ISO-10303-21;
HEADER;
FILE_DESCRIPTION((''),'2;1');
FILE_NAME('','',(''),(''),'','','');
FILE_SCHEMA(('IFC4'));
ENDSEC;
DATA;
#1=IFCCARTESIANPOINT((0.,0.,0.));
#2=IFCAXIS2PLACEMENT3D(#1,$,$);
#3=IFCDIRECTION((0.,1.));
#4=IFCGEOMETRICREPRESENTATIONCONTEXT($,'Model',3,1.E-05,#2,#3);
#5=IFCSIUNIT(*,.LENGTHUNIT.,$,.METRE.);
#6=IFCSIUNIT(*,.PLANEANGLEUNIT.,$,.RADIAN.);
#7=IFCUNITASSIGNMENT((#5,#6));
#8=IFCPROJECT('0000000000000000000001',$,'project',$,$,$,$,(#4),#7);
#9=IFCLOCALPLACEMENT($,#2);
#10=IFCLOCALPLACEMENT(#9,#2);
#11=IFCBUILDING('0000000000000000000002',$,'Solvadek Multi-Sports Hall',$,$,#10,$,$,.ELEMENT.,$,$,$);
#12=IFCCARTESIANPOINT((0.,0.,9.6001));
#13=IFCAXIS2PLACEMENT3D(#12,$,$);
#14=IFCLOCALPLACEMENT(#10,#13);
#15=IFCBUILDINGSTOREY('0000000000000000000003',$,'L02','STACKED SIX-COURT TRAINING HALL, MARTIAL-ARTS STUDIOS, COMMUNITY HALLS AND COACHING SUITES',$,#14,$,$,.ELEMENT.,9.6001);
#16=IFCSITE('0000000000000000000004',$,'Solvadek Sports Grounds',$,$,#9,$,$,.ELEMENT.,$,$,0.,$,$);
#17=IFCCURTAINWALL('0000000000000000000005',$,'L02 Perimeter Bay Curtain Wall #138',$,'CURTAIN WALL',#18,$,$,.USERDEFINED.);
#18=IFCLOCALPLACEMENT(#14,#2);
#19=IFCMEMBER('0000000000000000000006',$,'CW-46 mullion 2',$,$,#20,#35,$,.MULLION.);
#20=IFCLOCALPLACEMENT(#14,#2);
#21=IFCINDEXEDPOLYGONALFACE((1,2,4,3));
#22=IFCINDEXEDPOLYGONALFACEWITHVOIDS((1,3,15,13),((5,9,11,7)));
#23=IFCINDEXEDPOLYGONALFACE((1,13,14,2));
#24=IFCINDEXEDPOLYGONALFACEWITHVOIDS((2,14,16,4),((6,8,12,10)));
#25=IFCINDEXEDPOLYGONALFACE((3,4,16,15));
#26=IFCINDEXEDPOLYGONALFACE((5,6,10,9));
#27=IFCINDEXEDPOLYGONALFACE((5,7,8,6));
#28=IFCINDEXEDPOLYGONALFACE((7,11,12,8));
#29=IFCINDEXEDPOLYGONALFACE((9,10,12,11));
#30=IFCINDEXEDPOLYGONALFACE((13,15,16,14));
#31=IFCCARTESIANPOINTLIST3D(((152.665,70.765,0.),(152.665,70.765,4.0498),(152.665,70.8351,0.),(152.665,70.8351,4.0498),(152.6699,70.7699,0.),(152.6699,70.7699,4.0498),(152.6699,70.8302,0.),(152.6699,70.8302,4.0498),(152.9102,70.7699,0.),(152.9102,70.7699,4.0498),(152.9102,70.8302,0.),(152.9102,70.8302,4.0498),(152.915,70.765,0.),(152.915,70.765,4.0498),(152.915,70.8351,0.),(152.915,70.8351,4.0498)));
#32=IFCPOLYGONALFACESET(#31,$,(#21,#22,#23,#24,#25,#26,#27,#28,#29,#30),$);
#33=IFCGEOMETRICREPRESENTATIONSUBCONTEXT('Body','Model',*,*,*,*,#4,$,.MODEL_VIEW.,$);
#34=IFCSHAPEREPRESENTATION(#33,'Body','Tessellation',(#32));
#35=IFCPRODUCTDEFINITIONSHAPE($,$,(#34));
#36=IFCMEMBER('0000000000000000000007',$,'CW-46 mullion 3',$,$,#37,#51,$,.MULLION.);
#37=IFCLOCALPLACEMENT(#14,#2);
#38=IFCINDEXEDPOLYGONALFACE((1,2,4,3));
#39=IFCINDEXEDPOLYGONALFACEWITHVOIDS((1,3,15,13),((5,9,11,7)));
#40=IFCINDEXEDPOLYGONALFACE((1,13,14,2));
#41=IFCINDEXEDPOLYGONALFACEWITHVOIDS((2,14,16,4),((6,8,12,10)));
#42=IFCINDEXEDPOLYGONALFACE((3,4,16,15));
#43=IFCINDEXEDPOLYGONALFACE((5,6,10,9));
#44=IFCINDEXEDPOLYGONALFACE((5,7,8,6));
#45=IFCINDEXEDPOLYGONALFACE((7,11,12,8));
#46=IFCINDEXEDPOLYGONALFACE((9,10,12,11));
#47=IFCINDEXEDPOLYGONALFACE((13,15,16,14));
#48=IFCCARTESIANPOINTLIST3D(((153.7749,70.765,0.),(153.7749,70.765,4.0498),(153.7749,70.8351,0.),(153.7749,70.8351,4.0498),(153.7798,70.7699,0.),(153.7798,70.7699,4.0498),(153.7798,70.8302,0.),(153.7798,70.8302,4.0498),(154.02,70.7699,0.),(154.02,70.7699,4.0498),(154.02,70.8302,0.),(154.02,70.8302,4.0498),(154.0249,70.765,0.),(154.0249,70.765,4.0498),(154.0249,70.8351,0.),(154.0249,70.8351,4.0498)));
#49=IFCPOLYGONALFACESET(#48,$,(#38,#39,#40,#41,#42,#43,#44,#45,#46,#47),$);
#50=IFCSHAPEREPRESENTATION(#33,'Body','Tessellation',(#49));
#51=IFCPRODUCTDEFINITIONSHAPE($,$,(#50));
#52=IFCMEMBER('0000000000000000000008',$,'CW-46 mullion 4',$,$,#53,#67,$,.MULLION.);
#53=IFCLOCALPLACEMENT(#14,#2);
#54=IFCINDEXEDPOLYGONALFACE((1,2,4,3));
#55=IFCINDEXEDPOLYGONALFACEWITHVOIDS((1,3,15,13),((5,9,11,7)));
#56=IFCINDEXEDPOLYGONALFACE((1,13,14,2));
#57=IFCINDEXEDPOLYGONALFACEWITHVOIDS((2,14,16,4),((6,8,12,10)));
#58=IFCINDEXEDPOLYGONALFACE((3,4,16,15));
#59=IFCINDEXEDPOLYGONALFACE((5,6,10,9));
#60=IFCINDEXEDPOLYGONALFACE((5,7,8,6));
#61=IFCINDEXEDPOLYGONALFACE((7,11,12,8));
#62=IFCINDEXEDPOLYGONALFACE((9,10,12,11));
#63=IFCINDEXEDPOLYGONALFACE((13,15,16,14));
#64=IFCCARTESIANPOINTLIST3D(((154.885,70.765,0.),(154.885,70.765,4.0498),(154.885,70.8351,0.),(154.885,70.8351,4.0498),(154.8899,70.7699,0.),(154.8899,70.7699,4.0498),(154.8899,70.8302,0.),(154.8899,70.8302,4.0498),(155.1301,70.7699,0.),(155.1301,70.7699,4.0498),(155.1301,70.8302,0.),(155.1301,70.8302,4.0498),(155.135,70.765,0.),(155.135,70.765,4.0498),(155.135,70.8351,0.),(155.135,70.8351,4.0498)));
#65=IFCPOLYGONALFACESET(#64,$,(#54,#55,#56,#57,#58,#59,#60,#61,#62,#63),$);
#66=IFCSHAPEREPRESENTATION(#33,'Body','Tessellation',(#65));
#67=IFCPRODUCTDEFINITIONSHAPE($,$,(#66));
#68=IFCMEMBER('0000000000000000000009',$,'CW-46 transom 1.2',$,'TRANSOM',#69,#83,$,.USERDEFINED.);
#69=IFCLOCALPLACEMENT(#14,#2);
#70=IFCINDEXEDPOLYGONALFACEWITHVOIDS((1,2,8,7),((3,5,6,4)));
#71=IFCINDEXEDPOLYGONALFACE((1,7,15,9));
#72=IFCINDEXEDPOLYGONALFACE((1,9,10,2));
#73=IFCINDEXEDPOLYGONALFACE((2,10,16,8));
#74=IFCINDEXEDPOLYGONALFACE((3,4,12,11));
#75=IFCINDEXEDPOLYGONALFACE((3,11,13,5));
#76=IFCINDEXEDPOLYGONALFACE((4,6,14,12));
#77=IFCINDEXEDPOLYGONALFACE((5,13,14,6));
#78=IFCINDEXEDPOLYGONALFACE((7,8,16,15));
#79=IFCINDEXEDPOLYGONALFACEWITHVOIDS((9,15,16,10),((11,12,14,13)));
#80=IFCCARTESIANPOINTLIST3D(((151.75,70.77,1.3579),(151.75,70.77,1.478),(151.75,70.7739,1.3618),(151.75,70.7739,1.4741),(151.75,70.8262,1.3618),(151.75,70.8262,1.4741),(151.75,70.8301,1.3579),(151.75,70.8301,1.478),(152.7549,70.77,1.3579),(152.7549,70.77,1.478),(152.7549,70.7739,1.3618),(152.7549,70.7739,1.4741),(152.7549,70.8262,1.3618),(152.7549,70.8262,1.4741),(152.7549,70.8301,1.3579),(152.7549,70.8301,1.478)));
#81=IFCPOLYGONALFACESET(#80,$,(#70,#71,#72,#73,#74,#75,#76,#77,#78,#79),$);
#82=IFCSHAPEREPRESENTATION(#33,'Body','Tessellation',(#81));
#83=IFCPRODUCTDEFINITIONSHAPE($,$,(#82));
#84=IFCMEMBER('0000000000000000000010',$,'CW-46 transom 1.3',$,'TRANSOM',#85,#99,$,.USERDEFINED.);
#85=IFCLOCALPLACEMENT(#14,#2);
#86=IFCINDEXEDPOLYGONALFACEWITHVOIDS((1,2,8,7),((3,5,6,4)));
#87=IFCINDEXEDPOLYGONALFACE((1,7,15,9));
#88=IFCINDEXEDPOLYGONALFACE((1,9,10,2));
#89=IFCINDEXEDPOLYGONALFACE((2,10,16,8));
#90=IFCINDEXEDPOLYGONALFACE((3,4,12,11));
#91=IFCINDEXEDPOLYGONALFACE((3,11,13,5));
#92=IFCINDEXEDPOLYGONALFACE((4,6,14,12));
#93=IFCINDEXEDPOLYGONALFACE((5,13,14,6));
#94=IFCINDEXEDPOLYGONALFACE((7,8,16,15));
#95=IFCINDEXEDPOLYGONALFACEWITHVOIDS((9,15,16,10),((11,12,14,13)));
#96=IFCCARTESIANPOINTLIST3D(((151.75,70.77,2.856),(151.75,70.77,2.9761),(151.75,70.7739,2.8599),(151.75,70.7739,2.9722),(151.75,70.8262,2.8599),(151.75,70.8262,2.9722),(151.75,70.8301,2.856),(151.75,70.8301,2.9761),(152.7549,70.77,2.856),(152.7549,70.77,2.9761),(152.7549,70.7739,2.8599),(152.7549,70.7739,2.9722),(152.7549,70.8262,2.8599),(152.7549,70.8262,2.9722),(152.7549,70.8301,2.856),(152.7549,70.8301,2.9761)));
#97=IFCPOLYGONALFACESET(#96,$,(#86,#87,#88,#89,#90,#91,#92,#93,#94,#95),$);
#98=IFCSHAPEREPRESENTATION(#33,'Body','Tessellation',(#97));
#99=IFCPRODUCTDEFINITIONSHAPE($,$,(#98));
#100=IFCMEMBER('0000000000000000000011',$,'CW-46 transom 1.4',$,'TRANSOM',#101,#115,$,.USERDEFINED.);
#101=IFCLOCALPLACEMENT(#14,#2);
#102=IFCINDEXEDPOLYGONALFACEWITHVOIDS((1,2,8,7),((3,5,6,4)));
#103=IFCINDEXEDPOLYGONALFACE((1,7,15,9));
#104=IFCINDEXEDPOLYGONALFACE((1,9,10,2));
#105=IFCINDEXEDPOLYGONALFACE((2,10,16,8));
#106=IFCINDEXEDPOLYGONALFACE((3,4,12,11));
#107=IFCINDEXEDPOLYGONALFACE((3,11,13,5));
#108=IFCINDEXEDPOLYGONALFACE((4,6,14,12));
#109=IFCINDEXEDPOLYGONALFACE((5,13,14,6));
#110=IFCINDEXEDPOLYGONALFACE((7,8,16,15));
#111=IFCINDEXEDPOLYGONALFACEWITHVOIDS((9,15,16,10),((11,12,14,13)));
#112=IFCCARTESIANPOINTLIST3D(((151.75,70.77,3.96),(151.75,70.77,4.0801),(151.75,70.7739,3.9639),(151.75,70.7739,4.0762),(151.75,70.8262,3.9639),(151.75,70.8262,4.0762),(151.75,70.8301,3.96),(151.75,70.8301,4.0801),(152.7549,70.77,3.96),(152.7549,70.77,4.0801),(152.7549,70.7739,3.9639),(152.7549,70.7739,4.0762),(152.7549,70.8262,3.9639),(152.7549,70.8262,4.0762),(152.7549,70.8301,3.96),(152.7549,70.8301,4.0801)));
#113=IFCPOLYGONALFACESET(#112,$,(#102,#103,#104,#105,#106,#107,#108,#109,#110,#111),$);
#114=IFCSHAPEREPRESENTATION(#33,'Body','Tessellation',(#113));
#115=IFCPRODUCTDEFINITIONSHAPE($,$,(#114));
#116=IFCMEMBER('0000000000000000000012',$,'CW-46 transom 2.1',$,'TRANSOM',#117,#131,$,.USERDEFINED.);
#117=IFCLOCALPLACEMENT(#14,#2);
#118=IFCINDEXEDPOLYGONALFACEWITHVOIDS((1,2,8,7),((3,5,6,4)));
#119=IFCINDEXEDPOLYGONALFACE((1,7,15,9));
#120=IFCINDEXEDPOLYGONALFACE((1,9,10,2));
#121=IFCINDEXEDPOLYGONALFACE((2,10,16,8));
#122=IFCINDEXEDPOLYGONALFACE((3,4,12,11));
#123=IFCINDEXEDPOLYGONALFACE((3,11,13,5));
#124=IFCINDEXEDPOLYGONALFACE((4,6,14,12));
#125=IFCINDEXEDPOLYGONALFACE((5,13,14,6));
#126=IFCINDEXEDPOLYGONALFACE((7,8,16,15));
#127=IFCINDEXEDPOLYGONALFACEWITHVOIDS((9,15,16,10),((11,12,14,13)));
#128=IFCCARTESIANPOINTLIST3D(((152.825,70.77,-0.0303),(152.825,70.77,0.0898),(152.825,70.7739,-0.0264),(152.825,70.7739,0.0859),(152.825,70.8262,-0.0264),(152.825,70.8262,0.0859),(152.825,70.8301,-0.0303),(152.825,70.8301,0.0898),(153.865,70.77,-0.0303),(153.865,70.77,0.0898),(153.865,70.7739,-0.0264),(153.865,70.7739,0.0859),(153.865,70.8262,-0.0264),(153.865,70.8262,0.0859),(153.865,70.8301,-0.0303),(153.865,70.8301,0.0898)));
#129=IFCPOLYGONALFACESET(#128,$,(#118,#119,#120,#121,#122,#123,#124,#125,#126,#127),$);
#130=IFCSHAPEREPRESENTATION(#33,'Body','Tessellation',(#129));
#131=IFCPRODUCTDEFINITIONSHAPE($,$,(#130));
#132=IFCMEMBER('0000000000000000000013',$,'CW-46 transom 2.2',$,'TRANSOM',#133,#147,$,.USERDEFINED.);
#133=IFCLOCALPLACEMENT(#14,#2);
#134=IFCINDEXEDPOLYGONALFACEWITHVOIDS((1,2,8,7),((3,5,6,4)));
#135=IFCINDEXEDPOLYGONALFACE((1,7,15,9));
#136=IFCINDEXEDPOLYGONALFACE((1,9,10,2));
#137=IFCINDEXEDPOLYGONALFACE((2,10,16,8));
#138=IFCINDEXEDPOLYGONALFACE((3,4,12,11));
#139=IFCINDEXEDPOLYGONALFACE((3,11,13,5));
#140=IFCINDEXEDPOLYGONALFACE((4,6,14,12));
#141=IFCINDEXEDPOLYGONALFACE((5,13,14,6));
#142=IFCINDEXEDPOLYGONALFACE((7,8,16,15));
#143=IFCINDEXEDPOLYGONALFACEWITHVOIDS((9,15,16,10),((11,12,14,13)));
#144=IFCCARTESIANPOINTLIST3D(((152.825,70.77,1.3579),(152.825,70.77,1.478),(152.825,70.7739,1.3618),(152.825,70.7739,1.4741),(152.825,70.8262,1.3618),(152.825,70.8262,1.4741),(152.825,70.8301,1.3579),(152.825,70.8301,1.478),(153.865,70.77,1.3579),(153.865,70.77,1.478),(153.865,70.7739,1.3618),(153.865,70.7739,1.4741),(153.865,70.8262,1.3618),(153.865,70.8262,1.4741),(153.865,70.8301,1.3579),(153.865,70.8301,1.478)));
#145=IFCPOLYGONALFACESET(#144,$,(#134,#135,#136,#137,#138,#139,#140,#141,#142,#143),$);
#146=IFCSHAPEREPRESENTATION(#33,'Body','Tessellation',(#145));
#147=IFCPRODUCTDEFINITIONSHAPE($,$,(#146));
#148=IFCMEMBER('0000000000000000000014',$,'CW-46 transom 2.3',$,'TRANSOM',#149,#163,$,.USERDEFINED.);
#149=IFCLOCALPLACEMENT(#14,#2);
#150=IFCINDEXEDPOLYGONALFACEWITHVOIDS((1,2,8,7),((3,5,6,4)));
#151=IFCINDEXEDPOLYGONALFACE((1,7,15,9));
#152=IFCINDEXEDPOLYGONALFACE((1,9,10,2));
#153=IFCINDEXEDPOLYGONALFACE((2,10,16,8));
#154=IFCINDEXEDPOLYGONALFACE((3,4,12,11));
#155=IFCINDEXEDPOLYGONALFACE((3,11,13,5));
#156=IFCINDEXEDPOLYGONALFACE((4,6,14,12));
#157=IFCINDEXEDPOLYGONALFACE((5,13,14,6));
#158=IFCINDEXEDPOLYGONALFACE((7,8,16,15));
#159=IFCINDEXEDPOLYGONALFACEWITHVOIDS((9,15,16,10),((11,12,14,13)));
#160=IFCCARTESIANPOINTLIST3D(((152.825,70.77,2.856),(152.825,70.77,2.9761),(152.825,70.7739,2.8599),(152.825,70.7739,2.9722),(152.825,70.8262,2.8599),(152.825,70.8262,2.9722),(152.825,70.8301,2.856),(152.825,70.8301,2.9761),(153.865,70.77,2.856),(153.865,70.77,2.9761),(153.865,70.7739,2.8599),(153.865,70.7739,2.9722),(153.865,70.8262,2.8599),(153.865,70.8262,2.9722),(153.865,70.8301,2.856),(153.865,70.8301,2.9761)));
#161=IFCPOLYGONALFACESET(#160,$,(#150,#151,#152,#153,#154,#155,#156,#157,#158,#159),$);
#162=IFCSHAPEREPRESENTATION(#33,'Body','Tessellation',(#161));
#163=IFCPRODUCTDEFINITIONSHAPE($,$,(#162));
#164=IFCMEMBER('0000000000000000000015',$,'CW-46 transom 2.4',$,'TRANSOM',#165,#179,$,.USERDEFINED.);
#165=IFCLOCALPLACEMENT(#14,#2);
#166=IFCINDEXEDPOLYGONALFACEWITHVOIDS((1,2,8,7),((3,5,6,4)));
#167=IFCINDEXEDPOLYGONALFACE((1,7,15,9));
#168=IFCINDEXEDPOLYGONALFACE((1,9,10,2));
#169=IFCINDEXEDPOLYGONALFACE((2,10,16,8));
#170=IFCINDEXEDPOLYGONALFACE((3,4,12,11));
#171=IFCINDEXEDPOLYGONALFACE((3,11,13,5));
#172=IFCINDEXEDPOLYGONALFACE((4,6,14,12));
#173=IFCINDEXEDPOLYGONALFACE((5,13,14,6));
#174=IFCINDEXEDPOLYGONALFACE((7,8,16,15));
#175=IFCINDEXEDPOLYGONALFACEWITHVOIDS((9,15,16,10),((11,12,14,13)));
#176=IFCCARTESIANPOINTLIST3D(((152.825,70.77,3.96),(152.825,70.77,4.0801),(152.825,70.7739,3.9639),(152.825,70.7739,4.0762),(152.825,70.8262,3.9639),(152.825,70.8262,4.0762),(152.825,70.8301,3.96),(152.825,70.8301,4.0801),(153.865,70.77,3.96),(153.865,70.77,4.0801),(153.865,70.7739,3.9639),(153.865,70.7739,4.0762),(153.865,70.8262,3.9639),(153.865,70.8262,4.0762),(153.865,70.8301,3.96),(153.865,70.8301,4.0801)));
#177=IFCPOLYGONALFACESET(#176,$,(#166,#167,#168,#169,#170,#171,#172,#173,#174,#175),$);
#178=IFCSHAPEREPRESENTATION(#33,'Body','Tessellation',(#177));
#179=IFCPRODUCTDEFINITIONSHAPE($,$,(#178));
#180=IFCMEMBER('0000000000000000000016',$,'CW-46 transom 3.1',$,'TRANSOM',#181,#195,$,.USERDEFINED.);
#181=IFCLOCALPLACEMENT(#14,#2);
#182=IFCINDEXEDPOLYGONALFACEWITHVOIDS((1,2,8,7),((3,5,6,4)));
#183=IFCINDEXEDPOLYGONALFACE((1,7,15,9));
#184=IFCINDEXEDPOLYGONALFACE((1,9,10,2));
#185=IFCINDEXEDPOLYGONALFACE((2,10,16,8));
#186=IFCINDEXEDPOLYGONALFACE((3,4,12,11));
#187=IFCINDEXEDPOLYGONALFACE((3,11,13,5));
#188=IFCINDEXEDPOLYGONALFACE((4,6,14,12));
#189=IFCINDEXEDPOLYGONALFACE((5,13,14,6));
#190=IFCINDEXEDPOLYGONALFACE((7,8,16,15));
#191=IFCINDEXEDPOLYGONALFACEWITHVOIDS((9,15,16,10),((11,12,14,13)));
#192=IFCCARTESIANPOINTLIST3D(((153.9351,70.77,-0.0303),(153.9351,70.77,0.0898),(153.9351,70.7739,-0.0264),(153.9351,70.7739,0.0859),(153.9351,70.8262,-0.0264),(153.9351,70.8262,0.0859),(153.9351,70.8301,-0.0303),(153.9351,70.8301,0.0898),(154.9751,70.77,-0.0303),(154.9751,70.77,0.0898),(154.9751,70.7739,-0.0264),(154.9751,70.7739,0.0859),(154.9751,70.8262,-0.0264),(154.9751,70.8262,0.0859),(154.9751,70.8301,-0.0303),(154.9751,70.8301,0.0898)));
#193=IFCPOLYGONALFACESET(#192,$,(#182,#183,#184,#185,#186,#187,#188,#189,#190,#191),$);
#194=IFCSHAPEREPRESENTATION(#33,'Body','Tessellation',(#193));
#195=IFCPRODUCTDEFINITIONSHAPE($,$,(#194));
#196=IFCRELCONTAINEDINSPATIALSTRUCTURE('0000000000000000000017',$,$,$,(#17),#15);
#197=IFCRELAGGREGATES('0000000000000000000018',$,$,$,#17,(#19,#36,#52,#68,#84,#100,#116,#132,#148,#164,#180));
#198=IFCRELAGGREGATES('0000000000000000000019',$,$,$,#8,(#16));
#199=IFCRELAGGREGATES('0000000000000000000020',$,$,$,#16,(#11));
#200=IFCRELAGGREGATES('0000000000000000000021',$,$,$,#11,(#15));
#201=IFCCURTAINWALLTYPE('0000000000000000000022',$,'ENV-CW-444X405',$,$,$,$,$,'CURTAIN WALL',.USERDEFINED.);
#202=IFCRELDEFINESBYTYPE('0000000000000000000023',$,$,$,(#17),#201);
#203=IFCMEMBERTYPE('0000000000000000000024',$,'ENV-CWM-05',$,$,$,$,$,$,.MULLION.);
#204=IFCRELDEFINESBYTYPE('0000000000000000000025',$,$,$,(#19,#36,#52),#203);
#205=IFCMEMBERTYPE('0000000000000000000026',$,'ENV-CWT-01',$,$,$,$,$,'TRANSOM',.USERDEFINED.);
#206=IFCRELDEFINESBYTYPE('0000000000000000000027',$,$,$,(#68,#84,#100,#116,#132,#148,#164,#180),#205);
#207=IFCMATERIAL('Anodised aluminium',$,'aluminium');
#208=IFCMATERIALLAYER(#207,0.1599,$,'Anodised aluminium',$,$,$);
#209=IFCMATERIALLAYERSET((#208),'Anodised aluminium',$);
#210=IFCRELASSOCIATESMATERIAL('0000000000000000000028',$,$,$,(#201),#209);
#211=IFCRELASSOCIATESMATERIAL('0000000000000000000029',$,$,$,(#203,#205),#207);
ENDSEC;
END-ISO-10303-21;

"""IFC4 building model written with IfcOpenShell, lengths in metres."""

from ifc_helpers import new_model, si_unit, direction, frame, origin, origin_2d, place, context, subcontext, project, spatial, hollow_rectangle, extrude, material, layer, layer_set, material_profile, profile_set, type_object, element, aggregate, save


model = new_model("IFC4")

# Units and contexts
model_context = context("Model", 3, precision=1e-05, world=origin(), true_north=direction((0.0, 1.0)))
body_context = subcontext(model_context, "Body", "Model", "MODEL_VIEW")
ifc_project = project(units=[si_unit("LENGTHUNIT", "METRE"), si_unit("PLANEANGLEUNIT", "RADIAN")], contexts=[model_context])

# Site, building, storey
site_placement = place(None, origin())
site = spatial("IfcSite", under=ifc_project, at=site_placement, Name="Solvadek Sports Grounds", CompositionType="ELEMENT", RefElevation=0.0)
building_placement = place(site_placement, origin())
building = spatial("IfcBuilding", under=site, at=building_placement, Name="Solvadek Multi-Sports Hall", CompositionType="ELEMENT")
storey_placement = place(building_placement, frame((0.0, 0.0, 9.6001)))
storey = spatial("IfcBuildingStorey", under=building, at=storey_placement, Name="L02", Description="STACKED SIX-COURT TRAINING HALL, MARTIAL-ARTS STUDIOS, COMMUNITY HALLS AND COACHING SUITES", CompositionType="ELEMENT", Elevation=9.6001)

# Curtain wall, members
ifc_material_1 = material(Name="Anodised aluminium", Category="aluminium")
ifc_layer_1 = layer(ifc_material_1, 0.1599, Name="Anodised aluminium")
ifc_layer_set_1 = layer_set([ifc_layer_1], Name="Anodised aluminium")
curtain_wall_type = type_object("IfcCurtainWallType", Name="ENV-CW-444X405", ElementType="CURTAIN WALL", PredefinedType="USERDEFINED", material=ifc_layer_set_1)
curtain_wall_placement = place(storey_placement, origin())
curtain_wall = element("IfcCurtainWall", 1, at=curtain_wall_placement, inside=storey, type_object=curtain_wall_type, Name="L02 Perimeter Bay Curtain Wall #138", ObjectType="CURTAIN WALL", PredefinedType="USERDEFINED")
ifc_material_profile_1 = material_profile(ifc_material_1, hollow_rectangle(XDim=0.0701, YDim=0.25, WallThickness=0.0049, at=origin_2d()), Name="ALU-M 250x70x5")
ifc_profile_set_1 = profile_set([ifc_material_profile_1], Name="Anodised aluminium")
member_type_1 = type_object("IfcMemberType", Name="ENV-CWM-05", PredefinedType="MULLION", material=ifc_profile_set_1)
member_1_placement = place(storey_placement, frame((152.79, 70.8, 0.0), z_axis=(0.0, 0.0, 1.0), x_axis=(0.0, 1.0, 0.0)))
member_1 = element("IfcMember", 2, at=member_1_placement, type_object=member_type_1, Name="CW-46 mullion 2", PredefinedType="MULLION", context=body_context, shape_type="SweptSolid", body=[
    extrude(hollow_rectangle(XDim=0.0701, YDim=0.25, WallThickness=0.0049, at=origin_2d()), origin(), (0.0, 0.0, 1.0), 4.0498),
])
member_2_placement = place(storey_placement, frame((153.8999, 70.8, 0.0), z_axis=(0.0, 0.0, 1.0), x_axis=(0.0, 1.0, 0.0)))
member_2 = element("IfcMember", 3, at=member_2_placement, type_object=member_type_1, Name="CW-46 mullion 3", PredefinedType="MULLION", context=body_context, shape_type="SweptSolid", body=[
    extrude(hollow_rectangle(XDim=0.0701, YDim=0.25, WallThickness=0.0049, at=origin_2d()), origin(), (0.0, 0.0, 1.0), 4.0498),
])
member_3_placement = place(storey_placement, frame((155.01, 70.8, 0.0), z_axis=(0.0, 0.0, 1.0), x_axis=(0.0, 1.0, 0.0)))
member_3 = element("IfcMember", 4, at=member_3_placement, type_object=member_type_1, Name="CW-46 mullion 4", PredefinedType="MULLION", context=body_context, shape_type="SweptSolid", body=[
    extrude(hollow_rectangle(XDim=0.0701, YDim=0.25, WallThickness=0.0049, at=origin_2d()), origin(), (0.0, 0.0, 1.0), 4.0498),
])
ifc_material_profile_2 = material_profile(ifc_material_1, hollow_rectangle(XDim=0.0601, YDim=0.1201, WallThickness=0.0039, at=origin_2d()), Name="ALU-T 120x60x4")
ifc_profile_set_2 = profile_set([ifc_material_profile_2], Name="Anodised aluminium")
member_type_2 = type_object("IfcMemberType", Name="ENV-CWT-01", ElementType="TRANSOM", PredefinedType="USERDEFINED", material=ifc_profile_set_2)
member_4_placement = place(storey_placement, frame((151.75, 70.8, 1.418), z_axis=(1.0, 0.0, 0.0), x_axis=(0.0, 1.0, 0.0)))
member_4 = element("IfcMember", 5, at=member_4_placement, type_object=member_type_2, Name="CW-46 transom 1.2", ObjectType="TRANSOM", PredefinedType="USERDEFINED", context=body_context, shape_type="SweptSolid", body=[
    extrude(hollow_rectangle(XDim=0.0601, YDim=0.1201, WallThickness=0.0039, at=origin_2d()), origin(), (0.0, 0.0, 1.0), 1.0049),
])
member_5_placement = place(storey_placement, frame((151.75, 70.8, 2.916), z_axis=(1.0, 0.0, 0.0), x_axis=(0.0, 1.0, 0.0)))
member_5 = element("IfcMember", 6, at=member_5_placement, type_object=member_type_2, Name="CW-46 transom 1.3", ObjectType="TRANSOM", PredefinedType="USERDEFINED", context=body_context, shape_type="SweptSolid", body=[
    extrude(hollow_rectangle(XDim=0.0601, YDim=0.1201, WallThickness=0.0039, at=origin_2d()), origin(), (0.0, 0.0, 1.0), 1.0049),
])
member_6_placement = place(storey_placement, frame((151.75, 70.8, 4.02), z_axis=(1.0, 0.0, 0.0), x_axis=(0.0, 1.0, 0.0)))
member_6 = element("IfcMember", 7, at=member_6_placement, type_object=member_type_2, Name="CW-46 transom 1.4", ObjectType="TRANSOM", PredefinedType="USERDEFINED", context=body_context, shape_type="SweptSolid", body=[
    extrude(hollow_rectangle(XDim=0.0601, YDim=0.1201, WallThickness=0.0039, at=origin_2d()), origin(), (0.0, 0.0, 1.0), 1.0049),
])
member_7_placement = place(storey_placement, frame((152.825, 70.8, 0.0298), z_axis=(1.0, 0.0, 0.0), x_axis=(0.0, 1.0, 0.0)))
member_7 = element("IfcMember", 8, at=member_7_placement, type_object=member_type_2, Name="CW-46 transom 2.1", ObjectType="TRANSOM", PredefinedType="USERDEFINED", context=body_context, shape_type="SweptSolid", body=[
    extrude(hollow_rectangle(XDim=0.0601, YDim=0.1201, WallThickness=0.0039, at=origin_2d()), origin(), (0.0, 0.0, 1.0), 1.04),
])
member_8_placement = place(storey_placement, frame((152.825, 70.8, 1.418), z_axis=(1.0, 0.0, 0.0), x_axis=(0.0, 1.0, 0.0)))
member_8 = element("IfcMember", 9, at=member_8_placement, type_object=member_type_2, Name="CW-46 transom 2.2", ObjectType="TRANSOM", PredefinedType="USERDEFINED", context=body_context, shape_type="SweptSolid", body=[
    extrude(hollow_rectangle(XDim=0.0601, YDim=0.1201, WallThickness=0.0039, at=origin_2d()), origin(), (0.0, 0.0, 1.0), 1.04),
])
member_9_placement = place(storey_placement, frame((152.825, 70.8, 2.916), z_axis=(1.0, 0.0, 0.0), x_axis=(0.0, 1.0, 0.0)))
member_9 = element("IfcMember", 10, at=member_9_placement, type_object=member_type_2, Name="CW-46 transom 2.3", ObjectType="TRANSOM", PredefinedType="USERDEFINED", context=body_context, shape_type="SweptSolid", body=[
    extrude(hollow_rectangle(XDim=0.0601, YDim=0.1201, WallThickness=0.0039, at=origin_2d()), origin(), (0.0, 0.0, 1.0), 1.04),
])
member_10_placement = place(storey_placement, frame((152.825, 70.8, 4.02), z_axis=(1.0, 0.0, 0.0), x_axis=(0.0, 1.0, 0.0)))
member_10 = element("IfcMember", 11, at=member_10_placement, type_object=member_type_2, Name="CW-46 transom 2.4", ObjectType="TRANSOM", PredefinedType="USERDEFINED", context=body_context, shape_type="SweptSolid", body=[
    extrude(hollow_rectangle(XDim=0.0601, YDim=0.1201, WallThickness=0.0039, at=origin_2d()), origin(), (0.0, 0.0, 1.0), 1.04),
])
member_11_placement = place(storey_placement, frame((153.9351, 70.8, 0.0298), z_axis=(1.0, 0.0, 0.0), x_axis=(0.0, 1.0, 0.0)))
member_11 = element("IfcMember", 12, at=member_11_placement, type_object=member_type_2, Name="CW-46 transom 3.1", ObjectType="TRANSOM", PredefinedType="USERDEFINED", context=body_context, shape_type="SweptSolid", body=[
    extrude(hollow_rectangle(XDim=0.0601, YDim=0.1201, WallThickness=0.0039, at=origin_2d()), origin(), (0.0, 0.0, 1.0), 1.04),
])
aggregate(curtain_wall, [member_1, member_2, member_3, member_4, member_5, member_6, member_7, member_8, member_9, member_10, member_11])

save(model, "model.ifc")
